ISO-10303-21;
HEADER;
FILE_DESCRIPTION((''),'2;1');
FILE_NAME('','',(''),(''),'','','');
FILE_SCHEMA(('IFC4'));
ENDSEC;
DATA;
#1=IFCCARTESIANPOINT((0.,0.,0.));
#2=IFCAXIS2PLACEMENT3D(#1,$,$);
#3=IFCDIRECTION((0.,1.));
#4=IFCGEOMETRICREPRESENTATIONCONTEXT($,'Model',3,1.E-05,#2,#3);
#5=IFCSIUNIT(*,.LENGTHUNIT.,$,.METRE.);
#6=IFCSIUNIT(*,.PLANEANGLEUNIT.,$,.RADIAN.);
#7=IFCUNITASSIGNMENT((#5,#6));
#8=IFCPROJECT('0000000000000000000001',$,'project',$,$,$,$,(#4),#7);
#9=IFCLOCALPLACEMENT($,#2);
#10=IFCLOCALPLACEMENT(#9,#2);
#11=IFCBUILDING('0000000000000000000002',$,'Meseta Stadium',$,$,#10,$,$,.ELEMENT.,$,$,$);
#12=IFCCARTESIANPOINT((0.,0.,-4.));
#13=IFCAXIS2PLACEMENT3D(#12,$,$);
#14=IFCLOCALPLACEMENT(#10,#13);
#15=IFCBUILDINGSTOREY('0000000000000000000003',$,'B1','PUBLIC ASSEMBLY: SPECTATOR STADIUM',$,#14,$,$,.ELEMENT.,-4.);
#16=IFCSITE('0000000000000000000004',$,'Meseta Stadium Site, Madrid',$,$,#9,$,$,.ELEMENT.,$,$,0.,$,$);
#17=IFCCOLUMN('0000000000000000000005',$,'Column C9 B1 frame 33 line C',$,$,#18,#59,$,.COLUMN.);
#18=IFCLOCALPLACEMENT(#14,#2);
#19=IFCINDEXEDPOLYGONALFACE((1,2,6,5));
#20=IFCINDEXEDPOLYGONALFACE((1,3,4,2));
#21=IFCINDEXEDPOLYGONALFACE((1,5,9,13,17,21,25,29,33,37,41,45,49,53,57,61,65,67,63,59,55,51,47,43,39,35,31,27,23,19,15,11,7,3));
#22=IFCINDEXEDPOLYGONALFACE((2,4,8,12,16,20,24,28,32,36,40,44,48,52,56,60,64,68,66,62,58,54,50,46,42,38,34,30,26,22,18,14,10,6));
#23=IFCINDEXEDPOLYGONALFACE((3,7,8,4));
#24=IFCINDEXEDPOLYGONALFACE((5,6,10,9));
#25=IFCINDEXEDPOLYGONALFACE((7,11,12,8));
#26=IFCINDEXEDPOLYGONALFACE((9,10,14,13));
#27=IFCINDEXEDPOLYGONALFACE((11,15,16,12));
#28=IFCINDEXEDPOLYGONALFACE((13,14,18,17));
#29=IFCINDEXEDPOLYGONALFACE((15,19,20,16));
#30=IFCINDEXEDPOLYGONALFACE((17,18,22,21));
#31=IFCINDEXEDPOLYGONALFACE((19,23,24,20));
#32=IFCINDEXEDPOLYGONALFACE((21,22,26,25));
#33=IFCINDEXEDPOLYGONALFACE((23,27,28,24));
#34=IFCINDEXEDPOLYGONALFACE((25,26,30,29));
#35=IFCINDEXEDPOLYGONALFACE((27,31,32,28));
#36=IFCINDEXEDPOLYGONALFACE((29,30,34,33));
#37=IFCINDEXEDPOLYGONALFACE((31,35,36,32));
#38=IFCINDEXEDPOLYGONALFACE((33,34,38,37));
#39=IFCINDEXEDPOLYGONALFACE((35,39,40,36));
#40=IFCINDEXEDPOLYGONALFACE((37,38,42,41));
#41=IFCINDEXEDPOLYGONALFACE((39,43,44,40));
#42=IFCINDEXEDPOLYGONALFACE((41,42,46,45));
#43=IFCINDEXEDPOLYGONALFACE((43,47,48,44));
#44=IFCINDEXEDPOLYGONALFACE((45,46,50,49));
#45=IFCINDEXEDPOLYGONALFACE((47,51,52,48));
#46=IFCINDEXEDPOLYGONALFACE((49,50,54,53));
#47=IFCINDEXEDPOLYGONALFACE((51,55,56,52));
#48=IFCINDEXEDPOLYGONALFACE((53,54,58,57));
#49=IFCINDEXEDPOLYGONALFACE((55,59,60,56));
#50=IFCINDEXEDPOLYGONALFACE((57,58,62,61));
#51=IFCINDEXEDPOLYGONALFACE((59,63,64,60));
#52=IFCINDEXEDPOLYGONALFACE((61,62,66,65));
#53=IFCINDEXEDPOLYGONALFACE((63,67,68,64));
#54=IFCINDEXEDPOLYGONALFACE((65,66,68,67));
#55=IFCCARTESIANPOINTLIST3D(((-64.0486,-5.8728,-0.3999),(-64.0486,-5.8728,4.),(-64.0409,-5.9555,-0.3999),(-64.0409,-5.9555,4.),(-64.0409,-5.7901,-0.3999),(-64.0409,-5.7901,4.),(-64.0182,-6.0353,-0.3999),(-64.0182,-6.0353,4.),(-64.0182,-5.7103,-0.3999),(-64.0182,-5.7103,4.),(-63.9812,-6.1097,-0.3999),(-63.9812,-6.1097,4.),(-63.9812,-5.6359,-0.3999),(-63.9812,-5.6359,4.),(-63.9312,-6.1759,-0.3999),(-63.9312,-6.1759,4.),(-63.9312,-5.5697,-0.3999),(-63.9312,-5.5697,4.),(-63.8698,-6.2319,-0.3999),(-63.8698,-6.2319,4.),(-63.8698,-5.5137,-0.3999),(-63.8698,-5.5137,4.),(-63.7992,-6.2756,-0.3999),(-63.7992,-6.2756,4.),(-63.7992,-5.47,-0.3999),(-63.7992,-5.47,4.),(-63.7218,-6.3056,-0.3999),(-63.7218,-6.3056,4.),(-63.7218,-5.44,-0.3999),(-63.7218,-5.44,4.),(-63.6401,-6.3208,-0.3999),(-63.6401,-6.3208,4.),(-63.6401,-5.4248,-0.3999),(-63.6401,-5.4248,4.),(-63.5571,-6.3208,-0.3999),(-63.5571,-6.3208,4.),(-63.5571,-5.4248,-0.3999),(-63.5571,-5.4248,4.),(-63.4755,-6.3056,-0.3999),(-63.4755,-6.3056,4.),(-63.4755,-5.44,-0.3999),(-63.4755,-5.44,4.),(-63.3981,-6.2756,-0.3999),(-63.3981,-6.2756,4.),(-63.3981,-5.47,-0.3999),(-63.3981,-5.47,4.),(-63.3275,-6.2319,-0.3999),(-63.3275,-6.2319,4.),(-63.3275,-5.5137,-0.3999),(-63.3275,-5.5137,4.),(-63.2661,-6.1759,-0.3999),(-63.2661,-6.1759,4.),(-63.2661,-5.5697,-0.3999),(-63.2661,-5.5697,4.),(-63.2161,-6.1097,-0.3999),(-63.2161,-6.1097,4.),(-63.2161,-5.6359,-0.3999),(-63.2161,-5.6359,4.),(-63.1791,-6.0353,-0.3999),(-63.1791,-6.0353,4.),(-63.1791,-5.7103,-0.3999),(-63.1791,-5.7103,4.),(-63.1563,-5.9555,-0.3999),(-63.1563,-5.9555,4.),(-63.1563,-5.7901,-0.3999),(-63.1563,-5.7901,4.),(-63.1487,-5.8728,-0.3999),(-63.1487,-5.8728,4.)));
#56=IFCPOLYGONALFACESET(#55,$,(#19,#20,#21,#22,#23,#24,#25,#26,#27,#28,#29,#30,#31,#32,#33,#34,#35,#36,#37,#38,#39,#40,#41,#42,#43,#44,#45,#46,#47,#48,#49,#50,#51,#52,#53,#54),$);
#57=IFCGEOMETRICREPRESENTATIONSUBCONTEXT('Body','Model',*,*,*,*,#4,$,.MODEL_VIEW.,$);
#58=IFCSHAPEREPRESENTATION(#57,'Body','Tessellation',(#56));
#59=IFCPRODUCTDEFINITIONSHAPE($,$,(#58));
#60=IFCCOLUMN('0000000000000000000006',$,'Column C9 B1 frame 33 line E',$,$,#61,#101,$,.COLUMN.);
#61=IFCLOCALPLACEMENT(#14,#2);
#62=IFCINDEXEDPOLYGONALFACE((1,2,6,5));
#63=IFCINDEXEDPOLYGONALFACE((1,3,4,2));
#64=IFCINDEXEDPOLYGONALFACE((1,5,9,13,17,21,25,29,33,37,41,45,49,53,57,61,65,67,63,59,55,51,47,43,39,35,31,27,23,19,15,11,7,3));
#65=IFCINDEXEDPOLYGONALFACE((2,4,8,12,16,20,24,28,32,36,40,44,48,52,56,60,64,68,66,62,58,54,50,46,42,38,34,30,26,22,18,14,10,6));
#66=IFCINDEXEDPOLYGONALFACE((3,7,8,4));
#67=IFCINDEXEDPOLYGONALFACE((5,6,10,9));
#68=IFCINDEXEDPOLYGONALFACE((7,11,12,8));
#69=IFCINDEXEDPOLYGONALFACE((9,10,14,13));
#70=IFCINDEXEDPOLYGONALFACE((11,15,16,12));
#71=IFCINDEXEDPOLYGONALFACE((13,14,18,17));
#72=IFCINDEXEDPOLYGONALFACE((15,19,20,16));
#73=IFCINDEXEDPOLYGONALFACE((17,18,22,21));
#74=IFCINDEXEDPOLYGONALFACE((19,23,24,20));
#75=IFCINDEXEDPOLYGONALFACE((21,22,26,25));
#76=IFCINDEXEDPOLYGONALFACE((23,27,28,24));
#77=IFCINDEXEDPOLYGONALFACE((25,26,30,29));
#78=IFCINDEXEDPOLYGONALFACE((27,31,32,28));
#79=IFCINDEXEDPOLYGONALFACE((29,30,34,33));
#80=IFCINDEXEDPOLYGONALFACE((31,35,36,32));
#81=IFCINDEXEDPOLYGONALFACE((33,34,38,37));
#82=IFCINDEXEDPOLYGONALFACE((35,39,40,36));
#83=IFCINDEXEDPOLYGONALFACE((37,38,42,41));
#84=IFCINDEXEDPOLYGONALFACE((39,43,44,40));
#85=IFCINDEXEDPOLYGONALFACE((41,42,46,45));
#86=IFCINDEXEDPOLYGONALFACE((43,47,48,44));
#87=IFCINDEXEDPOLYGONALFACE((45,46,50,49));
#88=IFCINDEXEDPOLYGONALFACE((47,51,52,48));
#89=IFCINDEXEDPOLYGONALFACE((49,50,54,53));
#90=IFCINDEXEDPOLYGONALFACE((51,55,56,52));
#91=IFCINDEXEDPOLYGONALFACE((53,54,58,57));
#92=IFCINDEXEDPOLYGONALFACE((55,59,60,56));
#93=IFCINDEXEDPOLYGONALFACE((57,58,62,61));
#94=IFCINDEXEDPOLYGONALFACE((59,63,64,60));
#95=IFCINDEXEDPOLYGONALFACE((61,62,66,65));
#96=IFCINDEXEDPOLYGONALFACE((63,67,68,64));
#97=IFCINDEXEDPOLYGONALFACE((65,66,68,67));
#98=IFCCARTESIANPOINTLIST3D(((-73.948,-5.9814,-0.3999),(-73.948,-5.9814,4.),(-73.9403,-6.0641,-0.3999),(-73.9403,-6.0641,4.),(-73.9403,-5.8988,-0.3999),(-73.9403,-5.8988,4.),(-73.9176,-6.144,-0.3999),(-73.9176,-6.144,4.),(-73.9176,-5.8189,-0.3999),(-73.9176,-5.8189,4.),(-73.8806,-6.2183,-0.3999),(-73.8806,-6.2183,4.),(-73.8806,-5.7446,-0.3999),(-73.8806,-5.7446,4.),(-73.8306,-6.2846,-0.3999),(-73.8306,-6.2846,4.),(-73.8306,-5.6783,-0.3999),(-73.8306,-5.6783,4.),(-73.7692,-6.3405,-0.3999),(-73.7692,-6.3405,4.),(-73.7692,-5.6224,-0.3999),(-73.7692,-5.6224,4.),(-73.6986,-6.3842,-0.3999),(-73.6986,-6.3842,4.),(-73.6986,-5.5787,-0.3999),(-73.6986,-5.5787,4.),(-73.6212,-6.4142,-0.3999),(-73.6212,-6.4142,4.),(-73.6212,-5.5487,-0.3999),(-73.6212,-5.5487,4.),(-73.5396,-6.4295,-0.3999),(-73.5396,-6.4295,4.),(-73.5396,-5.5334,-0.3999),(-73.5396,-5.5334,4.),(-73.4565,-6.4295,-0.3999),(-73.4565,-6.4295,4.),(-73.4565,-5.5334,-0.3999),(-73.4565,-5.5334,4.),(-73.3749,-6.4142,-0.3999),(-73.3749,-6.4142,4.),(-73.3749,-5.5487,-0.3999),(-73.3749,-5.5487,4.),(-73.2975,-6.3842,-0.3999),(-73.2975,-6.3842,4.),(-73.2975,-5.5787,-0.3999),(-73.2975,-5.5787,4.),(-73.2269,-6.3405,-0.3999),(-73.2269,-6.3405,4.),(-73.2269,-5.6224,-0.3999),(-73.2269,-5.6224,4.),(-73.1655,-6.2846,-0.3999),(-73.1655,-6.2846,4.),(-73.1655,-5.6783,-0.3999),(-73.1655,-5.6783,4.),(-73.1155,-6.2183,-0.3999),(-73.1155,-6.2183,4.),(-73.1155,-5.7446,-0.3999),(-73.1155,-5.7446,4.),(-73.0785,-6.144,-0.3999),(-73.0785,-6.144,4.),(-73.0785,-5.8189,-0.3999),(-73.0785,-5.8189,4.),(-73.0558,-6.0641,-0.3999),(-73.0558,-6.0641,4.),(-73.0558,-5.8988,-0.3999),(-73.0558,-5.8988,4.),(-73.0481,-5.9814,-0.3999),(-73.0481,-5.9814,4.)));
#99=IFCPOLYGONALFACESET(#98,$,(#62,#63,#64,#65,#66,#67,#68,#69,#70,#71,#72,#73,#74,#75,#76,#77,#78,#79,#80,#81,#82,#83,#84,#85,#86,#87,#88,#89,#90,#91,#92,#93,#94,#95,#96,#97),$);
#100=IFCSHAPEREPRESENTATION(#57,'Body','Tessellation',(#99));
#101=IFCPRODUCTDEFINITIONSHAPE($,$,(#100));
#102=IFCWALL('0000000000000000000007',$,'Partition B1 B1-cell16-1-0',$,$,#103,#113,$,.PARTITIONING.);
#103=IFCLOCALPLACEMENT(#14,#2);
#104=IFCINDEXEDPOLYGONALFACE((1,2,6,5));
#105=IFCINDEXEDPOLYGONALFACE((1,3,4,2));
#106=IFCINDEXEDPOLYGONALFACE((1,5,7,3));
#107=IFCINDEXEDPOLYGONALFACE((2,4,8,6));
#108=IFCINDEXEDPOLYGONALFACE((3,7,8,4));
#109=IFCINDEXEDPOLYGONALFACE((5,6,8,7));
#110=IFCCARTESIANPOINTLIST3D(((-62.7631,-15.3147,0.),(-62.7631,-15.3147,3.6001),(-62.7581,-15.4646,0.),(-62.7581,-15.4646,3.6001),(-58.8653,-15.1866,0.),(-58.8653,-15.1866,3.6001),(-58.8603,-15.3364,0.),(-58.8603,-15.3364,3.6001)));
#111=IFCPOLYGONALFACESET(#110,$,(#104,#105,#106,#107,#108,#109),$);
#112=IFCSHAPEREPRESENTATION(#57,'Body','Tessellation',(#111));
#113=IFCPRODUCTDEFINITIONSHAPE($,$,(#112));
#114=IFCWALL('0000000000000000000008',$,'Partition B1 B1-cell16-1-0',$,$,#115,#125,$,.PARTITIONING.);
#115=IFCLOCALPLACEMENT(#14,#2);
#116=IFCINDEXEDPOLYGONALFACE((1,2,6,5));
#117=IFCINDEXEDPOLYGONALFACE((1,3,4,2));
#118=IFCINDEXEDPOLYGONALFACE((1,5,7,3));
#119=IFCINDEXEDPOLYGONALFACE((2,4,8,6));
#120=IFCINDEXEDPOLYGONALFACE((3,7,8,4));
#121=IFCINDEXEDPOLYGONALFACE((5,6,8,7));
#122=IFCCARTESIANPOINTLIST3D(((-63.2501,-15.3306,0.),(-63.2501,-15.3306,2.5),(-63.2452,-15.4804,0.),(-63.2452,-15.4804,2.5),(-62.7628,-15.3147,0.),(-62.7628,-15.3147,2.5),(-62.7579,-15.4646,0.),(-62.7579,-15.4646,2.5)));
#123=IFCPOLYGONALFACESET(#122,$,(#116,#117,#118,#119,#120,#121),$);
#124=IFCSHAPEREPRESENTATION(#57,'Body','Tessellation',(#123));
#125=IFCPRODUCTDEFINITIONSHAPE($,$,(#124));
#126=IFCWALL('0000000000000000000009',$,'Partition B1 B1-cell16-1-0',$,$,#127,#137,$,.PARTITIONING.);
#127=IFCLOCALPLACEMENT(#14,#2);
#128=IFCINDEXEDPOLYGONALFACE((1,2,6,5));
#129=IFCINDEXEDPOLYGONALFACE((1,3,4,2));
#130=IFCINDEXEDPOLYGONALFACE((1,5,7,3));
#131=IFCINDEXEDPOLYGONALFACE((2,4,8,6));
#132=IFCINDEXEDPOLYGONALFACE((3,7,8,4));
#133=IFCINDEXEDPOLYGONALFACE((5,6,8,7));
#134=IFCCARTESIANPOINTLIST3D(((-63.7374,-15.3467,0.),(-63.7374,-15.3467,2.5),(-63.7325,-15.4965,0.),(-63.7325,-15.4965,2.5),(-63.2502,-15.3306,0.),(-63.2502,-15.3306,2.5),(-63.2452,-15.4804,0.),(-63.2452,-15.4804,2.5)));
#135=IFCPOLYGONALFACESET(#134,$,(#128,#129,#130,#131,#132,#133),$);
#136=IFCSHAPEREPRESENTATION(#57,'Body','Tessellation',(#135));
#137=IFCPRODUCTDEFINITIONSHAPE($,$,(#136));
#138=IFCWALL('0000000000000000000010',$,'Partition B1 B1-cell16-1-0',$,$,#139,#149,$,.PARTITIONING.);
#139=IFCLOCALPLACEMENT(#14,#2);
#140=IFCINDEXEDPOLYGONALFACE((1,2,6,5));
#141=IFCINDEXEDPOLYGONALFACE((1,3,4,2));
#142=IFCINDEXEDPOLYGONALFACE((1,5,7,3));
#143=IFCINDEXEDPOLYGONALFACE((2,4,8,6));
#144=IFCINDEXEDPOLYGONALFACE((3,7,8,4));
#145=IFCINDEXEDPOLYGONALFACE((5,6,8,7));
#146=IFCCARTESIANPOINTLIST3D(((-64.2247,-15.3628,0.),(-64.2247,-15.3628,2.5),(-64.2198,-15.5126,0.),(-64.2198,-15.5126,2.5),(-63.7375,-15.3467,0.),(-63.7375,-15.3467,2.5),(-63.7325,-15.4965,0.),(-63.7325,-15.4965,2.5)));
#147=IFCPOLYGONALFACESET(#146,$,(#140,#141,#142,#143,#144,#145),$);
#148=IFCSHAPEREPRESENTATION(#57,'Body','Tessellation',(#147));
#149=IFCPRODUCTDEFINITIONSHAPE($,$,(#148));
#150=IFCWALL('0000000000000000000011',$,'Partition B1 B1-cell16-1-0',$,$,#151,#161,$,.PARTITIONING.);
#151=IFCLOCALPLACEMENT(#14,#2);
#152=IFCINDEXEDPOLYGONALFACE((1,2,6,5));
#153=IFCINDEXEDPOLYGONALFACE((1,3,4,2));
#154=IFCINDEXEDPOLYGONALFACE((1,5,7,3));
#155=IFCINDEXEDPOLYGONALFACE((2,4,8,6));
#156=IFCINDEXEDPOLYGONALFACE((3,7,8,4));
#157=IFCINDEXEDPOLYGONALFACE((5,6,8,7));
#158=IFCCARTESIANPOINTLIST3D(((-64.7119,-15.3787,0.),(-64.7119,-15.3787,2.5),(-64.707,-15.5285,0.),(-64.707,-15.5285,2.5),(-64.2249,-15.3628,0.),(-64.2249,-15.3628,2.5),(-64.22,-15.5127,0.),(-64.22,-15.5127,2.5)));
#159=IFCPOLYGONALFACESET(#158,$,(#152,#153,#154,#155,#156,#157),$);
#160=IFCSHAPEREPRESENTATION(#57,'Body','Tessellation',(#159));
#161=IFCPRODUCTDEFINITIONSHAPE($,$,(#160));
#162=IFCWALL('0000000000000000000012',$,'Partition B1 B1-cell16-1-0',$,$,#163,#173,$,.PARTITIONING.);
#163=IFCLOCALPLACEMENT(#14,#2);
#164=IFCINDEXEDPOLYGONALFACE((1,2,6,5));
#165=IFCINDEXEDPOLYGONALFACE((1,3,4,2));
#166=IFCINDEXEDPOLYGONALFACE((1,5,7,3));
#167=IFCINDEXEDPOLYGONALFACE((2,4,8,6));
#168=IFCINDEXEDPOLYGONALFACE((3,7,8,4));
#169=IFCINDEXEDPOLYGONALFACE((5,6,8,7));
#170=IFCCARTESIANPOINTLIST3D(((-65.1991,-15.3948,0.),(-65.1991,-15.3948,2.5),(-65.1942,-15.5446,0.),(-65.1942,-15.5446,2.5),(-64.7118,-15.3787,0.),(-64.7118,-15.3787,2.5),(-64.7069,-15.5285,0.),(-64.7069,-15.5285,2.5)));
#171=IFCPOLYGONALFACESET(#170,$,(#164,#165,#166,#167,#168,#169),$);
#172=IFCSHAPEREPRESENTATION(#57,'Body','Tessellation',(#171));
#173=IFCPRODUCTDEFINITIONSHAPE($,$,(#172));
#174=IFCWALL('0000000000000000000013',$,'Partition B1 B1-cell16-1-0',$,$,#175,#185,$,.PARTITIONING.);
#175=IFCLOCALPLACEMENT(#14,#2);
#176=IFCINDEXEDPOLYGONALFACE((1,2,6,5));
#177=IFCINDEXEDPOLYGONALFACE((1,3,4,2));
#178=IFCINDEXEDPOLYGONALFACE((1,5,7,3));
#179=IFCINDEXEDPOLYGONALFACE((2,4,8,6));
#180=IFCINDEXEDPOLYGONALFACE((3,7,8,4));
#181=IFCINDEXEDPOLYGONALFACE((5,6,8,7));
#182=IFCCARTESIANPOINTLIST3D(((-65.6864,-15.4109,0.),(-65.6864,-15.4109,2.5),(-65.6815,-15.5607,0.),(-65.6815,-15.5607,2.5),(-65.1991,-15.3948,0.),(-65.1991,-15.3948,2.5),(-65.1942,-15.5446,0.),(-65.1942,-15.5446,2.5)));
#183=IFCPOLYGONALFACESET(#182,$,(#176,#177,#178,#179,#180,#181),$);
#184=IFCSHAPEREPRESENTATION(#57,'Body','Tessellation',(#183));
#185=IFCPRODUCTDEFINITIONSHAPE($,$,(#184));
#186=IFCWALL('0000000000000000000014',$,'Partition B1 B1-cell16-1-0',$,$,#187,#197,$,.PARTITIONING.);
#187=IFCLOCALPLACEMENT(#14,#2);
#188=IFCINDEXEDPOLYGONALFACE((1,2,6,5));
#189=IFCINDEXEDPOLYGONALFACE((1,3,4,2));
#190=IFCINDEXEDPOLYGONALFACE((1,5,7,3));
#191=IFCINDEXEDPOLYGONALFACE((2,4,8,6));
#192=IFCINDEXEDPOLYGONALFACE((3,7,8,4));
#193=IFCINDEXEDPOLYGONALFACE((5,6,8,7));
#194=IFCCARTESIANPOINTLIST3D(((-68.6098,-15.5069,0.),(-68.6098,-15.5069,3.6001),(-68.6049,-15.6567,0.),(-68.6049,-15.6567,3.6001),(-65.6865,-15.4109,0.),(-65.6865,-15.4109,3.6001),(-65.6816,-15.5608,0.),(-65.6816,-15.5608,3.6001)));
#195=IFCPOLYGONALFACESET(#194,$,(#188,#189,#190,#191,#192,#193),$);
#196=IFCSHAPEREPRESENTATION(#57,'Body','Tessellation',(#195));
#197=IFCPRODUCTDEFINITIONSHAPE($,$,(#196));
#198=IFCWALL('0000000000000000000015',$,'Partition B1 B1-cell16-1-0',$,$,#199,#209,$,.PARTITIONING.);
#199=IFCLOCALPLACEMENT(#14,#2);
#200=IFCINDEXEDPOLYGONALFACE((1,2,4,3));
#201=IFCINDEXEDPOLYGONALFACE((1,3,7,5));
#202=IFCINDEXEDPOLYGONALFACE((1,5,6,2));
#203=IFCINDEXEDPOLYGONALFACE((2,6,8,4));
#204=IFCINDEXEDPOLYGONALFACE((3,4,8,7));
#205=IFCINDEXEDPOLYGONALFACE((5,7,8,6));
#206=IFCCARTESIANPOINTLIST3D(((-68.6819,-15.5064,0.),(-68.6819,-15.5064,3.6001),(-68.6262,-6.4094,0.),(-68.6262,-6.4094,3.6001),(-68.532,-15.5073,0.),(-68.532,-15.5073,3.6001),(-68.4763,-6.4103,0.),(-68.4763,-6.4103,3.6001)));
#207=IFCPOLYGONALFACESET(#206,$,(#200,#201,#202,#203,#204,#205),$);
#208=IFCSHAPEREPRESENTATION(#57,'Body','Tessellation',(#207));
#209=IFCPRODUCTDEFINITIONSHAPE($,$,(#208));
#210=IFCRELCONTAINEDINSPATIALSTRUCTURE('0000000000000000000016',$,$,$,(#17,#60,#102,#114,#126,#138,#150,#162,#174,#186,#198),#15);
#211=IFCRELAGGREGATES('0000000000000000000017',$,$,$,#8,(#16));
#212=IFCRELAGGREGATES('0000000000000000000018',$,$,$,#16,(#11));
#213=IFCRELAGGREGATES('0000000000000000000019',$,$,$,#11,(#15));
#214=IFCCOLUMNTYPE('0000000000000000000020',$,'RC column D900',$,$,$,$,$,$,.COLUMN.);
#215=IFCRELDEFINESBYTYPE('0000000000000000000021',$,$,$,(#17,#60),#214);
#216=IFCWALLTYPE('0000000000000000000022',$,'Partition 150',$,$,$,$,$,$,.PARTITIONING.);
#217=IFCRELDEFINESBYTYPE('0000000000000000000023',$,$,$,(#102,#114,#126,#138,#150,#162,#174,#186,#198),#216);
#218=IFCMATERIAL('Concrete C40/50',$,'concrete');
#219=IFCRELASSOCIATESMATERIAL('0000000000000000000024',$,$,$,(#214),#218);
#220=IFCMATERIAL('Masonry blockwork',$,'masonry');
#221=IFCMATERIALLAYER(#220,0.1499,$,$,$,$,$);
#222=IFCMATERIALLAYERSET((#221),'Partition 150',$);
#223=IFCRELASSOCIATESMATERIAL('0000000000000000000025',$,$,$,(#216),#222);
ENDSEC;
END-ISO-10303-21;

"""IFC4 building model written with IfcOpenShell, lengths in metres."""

from ifc_helpers import new_model, si_unit, direction, frame, frame_2d, origin, origin_2d, place, context, subcontext, project, spatial, rectangle, circle, extrude, material, layer, layer_set, material_profile, profile_set, type_object, element, save


model = new_model("IFC4")

# Units and contexts
model_context = context("Model", 3, precision=1e-05, world=origin(), true_north=direction((0.0, 1.0)))
body_context = subcontext(model_context, "Body", "Model", "MODEL_VIEW")
ifc_project = project(units=[si_unit("LENGTHUNIT", "METRE"), si_unit("PLANEANGLEUNIT", "RADIAN")], contexts=[model_context])

# Site, building, storey
site_placement = place(None, origin())
site = spatial("IfcSite", under=ifc_project, at=site_placement, Name="Meseta Stadium Site, Madrid", CompositionType="ELEMENT", RefElevation=0.0)
building_placement = place(site_placement, origin())
building = spatial("IfcBuilding", under=site, at=building_placement, Name="Meseta Stadium", CompositionType="ELEMENT")
storey_placement = place(building_placement, frame((0.0, 0.0, -4.0)))
storey = spatial("IfcBuildingStorey", under=building, at=storey_placement, Name="B1", Description="PUBLIC ASSEMBLY: SPECTATOR STADIUM", CompositionType="ELEMENT", Elevation=-4.0)

# Columns
ifc_material_1 = material(Name="Concrete C40/50", Category="concrete")
ifc_material_profile_1 = material_profile(ifc_material_1, circle(Radius=0.45, at=origin_2d()), Name="RC D900")
ifc_profile_set_1 = profile_set([ifc_material_profile_1], Name="Concrete C40/50")
column_type_1 = type_object("IfcColumnType", Name="RC column D900", PredefinedType="COLUMN", material=ifc_profile_set_1)
for number, where, z_axis, x_axis, name in (
    (1, (-63.5986, -5.8728, -0.3999), (0.0, 0.0, 1.0), (1.0, 0.0, 0.0), "Column C9 B1 frame 33 line C"),
    (2, (-73.498, -5.9814, -0.3999), (0.0, 0.0, 1.0), (1.0, 0.0, 0.0), "Column C9 B1 frame 33 line E"),
):
    element("IfcColumn", number, at=place(storey_placement, frame(where, z_axis=z_axis, x_axis=x_axis)), inside=storey, type_object=column_type_1, Name=name, PredefinedType="COLUMN", context=body_context, shape_type="SweptSolid", body=[
        extrude(circle(Radius=0.45, at=origin_2d()), origin(), (0.0, 0.0, 1.0), 4.3999),
    ])

# Walls
ifc_material_2 = material(Name="Masonry blockwork", Category="masonry")
ifc_layer = layer(ifc_material_2, 0.1499)
ifc_layer_set = layer_set([ifc_layer], Name="Partition 150")
wall_type = type_object("IfcWallType", Name="Partition 150", PredefinedType="PARTITIONING", material=ifc_layer_set)
wall_1_placement = place(storey_placement, frame((-58.8628, -15.2615, 0.0), z_axis=(0.0, 0.0, 1.0), x_axis=(-0.99946, -0.032867, 0.0)))
element("IfcWall", 3, at=wall_1_placement, inside=storey, type_object=wall_type, Name="Partition B1 B1-cell16-1-0", PredefinedType="PARTITIONING", context=body_context, shape_type="SweptSolid", body=[
    extrude(rectangle(XDim=3.8999, YDim=0.1499, at=frame_2d((1.95, 0.0))), origin(), (0.0, 0.0, 1.0), 3.6001),
])
for number, where, z_axis, x_axis, name in (
    (4, (-62.7605, -15.3896, 0.0), (0.0, 0.0, 1.0), (-0.99947, -0.032548, 0.0), "Partition B1 B1-cell16-1-0"),
    (5, (-63.2478, -15.4055, 0.0), (0.0, 0.0, 1.0), (-0.999454, -0.033048, 0.0), "Partition B1 B1-cell16-1-0"),
    (6, (-63.7351, -15.4216, 0.0), (0.0, 0.0, 1.0), (-0.999454, -0.033048, 0.0), "Partition B1 B1-cell16-1-0"),
):
    element("IfcWall", number, at=place(storey_placement, frame(where, z_axis=z_axis, x_axis=x_axis)), inside=storey, type_object=wall_type, Name=name, PredefinedType="PARTITIONING", context=body_context, shape_type="SweptSolid", body=[
        extrude(rectangle(XDim=0.4875, YDim=0.1499, at=frame_2d((0.2437, 0.0))), origin(), (0.0, 0.0, 1.0), 2.5),
    ])
wall_2_placement = place(storey_placement, frame((-64.2224, -15.4377, 0.0), z_axis=(0.0, 0.0, 1.0), x_axis=(-0.99947, -0.032564, 0.0)))
element("IfcWall", 7, at=wall_2_placement, inside=storey, type_object=wall_type, Name="Partition B1 B1-cell16-1-0", PredefinedType="PARTITIONING", context=body_context, shape_type="SweptSolid", body=[
    extrude(rectangle(XDim=0.4873, YDim=0.1499, at=frame_2d((0.2437, 0.0))), origin(), (0.0, 0.0, 1.0), 2.5),
])
for number, where, z_axis, x_axis, name in (
    (8, (-64.7095, -15.4536, 0.0), (0.0, 0.0, 1.0), (-0.999454, -0.033048, 0.0), "Partition B1 B1-cell16-1-0"),
    (9, (-65.1968, -15.4697, 0.0), (0.0, 0.0, 1.0), (-0.999454, -0.033048, 0.0), "Partition B1 B1-cell16-1-0"),
):
    element("IfcWall", number, at=place(storey_placement, frame(where, z_axis=z_axis, x_axis=x_axis)), inside=storey, type_object=wall_type, Name=name, PredefinedType="PARTITIONING", context=body_context, shape_type="SweptSolid", body=[
        extrude(rectangle(XDim=0.4875, YDim=0.1499, at=frame_2d((0.2437, 0.0))), origin(), (0.0, 0.0, 1.0), 2.5),
    ])
wall_3_placement = place(storey_placement, frame((-65.6841, -15.4858, 0.0), z_axis=(0.0, 0.0, 1.0), x_axis=(-0.999462, -0.032803, 0.0)))
element("IfcWall", 10, at=wall_3_placement, inside=storey, type_object=wall_type, Name="Partition B1 B1-cell16-1-0", PredefinedType="PARTITIONING", context=body_context, shape_type="SweptSolid", body=[
    extrude(rectangle(XDim=2.9248, YDim=0.1499, at=frame_2d((1.4624, 0.0))), origin(), (0.0, 0.0, 1.0), 3.6001),
])
wall_4_placement = place(storey_placement, frame((-68.6069, -15.5068, 0.0), z_axis=(0.0, 0.0, 1.0), x_axis=(0.006119, 0.999981, 0.0)))
element("IfcWall", 11, at=wall_4_placement, inside=storey, type_object=wall_type, Name="Partition B1 B1-cell16-1-0", PredefinedType="PARTITIONING", context=body_context, shape_type="SweptSolid", body=[
    extrude(rectangle(XDim=9.0972, YDim=0.1499, at=frame_2d((4.5486, 0.0))), origin(), (0.0, 0.0, 1.0), 3.6001),
])

save(model, "model.ifc")
